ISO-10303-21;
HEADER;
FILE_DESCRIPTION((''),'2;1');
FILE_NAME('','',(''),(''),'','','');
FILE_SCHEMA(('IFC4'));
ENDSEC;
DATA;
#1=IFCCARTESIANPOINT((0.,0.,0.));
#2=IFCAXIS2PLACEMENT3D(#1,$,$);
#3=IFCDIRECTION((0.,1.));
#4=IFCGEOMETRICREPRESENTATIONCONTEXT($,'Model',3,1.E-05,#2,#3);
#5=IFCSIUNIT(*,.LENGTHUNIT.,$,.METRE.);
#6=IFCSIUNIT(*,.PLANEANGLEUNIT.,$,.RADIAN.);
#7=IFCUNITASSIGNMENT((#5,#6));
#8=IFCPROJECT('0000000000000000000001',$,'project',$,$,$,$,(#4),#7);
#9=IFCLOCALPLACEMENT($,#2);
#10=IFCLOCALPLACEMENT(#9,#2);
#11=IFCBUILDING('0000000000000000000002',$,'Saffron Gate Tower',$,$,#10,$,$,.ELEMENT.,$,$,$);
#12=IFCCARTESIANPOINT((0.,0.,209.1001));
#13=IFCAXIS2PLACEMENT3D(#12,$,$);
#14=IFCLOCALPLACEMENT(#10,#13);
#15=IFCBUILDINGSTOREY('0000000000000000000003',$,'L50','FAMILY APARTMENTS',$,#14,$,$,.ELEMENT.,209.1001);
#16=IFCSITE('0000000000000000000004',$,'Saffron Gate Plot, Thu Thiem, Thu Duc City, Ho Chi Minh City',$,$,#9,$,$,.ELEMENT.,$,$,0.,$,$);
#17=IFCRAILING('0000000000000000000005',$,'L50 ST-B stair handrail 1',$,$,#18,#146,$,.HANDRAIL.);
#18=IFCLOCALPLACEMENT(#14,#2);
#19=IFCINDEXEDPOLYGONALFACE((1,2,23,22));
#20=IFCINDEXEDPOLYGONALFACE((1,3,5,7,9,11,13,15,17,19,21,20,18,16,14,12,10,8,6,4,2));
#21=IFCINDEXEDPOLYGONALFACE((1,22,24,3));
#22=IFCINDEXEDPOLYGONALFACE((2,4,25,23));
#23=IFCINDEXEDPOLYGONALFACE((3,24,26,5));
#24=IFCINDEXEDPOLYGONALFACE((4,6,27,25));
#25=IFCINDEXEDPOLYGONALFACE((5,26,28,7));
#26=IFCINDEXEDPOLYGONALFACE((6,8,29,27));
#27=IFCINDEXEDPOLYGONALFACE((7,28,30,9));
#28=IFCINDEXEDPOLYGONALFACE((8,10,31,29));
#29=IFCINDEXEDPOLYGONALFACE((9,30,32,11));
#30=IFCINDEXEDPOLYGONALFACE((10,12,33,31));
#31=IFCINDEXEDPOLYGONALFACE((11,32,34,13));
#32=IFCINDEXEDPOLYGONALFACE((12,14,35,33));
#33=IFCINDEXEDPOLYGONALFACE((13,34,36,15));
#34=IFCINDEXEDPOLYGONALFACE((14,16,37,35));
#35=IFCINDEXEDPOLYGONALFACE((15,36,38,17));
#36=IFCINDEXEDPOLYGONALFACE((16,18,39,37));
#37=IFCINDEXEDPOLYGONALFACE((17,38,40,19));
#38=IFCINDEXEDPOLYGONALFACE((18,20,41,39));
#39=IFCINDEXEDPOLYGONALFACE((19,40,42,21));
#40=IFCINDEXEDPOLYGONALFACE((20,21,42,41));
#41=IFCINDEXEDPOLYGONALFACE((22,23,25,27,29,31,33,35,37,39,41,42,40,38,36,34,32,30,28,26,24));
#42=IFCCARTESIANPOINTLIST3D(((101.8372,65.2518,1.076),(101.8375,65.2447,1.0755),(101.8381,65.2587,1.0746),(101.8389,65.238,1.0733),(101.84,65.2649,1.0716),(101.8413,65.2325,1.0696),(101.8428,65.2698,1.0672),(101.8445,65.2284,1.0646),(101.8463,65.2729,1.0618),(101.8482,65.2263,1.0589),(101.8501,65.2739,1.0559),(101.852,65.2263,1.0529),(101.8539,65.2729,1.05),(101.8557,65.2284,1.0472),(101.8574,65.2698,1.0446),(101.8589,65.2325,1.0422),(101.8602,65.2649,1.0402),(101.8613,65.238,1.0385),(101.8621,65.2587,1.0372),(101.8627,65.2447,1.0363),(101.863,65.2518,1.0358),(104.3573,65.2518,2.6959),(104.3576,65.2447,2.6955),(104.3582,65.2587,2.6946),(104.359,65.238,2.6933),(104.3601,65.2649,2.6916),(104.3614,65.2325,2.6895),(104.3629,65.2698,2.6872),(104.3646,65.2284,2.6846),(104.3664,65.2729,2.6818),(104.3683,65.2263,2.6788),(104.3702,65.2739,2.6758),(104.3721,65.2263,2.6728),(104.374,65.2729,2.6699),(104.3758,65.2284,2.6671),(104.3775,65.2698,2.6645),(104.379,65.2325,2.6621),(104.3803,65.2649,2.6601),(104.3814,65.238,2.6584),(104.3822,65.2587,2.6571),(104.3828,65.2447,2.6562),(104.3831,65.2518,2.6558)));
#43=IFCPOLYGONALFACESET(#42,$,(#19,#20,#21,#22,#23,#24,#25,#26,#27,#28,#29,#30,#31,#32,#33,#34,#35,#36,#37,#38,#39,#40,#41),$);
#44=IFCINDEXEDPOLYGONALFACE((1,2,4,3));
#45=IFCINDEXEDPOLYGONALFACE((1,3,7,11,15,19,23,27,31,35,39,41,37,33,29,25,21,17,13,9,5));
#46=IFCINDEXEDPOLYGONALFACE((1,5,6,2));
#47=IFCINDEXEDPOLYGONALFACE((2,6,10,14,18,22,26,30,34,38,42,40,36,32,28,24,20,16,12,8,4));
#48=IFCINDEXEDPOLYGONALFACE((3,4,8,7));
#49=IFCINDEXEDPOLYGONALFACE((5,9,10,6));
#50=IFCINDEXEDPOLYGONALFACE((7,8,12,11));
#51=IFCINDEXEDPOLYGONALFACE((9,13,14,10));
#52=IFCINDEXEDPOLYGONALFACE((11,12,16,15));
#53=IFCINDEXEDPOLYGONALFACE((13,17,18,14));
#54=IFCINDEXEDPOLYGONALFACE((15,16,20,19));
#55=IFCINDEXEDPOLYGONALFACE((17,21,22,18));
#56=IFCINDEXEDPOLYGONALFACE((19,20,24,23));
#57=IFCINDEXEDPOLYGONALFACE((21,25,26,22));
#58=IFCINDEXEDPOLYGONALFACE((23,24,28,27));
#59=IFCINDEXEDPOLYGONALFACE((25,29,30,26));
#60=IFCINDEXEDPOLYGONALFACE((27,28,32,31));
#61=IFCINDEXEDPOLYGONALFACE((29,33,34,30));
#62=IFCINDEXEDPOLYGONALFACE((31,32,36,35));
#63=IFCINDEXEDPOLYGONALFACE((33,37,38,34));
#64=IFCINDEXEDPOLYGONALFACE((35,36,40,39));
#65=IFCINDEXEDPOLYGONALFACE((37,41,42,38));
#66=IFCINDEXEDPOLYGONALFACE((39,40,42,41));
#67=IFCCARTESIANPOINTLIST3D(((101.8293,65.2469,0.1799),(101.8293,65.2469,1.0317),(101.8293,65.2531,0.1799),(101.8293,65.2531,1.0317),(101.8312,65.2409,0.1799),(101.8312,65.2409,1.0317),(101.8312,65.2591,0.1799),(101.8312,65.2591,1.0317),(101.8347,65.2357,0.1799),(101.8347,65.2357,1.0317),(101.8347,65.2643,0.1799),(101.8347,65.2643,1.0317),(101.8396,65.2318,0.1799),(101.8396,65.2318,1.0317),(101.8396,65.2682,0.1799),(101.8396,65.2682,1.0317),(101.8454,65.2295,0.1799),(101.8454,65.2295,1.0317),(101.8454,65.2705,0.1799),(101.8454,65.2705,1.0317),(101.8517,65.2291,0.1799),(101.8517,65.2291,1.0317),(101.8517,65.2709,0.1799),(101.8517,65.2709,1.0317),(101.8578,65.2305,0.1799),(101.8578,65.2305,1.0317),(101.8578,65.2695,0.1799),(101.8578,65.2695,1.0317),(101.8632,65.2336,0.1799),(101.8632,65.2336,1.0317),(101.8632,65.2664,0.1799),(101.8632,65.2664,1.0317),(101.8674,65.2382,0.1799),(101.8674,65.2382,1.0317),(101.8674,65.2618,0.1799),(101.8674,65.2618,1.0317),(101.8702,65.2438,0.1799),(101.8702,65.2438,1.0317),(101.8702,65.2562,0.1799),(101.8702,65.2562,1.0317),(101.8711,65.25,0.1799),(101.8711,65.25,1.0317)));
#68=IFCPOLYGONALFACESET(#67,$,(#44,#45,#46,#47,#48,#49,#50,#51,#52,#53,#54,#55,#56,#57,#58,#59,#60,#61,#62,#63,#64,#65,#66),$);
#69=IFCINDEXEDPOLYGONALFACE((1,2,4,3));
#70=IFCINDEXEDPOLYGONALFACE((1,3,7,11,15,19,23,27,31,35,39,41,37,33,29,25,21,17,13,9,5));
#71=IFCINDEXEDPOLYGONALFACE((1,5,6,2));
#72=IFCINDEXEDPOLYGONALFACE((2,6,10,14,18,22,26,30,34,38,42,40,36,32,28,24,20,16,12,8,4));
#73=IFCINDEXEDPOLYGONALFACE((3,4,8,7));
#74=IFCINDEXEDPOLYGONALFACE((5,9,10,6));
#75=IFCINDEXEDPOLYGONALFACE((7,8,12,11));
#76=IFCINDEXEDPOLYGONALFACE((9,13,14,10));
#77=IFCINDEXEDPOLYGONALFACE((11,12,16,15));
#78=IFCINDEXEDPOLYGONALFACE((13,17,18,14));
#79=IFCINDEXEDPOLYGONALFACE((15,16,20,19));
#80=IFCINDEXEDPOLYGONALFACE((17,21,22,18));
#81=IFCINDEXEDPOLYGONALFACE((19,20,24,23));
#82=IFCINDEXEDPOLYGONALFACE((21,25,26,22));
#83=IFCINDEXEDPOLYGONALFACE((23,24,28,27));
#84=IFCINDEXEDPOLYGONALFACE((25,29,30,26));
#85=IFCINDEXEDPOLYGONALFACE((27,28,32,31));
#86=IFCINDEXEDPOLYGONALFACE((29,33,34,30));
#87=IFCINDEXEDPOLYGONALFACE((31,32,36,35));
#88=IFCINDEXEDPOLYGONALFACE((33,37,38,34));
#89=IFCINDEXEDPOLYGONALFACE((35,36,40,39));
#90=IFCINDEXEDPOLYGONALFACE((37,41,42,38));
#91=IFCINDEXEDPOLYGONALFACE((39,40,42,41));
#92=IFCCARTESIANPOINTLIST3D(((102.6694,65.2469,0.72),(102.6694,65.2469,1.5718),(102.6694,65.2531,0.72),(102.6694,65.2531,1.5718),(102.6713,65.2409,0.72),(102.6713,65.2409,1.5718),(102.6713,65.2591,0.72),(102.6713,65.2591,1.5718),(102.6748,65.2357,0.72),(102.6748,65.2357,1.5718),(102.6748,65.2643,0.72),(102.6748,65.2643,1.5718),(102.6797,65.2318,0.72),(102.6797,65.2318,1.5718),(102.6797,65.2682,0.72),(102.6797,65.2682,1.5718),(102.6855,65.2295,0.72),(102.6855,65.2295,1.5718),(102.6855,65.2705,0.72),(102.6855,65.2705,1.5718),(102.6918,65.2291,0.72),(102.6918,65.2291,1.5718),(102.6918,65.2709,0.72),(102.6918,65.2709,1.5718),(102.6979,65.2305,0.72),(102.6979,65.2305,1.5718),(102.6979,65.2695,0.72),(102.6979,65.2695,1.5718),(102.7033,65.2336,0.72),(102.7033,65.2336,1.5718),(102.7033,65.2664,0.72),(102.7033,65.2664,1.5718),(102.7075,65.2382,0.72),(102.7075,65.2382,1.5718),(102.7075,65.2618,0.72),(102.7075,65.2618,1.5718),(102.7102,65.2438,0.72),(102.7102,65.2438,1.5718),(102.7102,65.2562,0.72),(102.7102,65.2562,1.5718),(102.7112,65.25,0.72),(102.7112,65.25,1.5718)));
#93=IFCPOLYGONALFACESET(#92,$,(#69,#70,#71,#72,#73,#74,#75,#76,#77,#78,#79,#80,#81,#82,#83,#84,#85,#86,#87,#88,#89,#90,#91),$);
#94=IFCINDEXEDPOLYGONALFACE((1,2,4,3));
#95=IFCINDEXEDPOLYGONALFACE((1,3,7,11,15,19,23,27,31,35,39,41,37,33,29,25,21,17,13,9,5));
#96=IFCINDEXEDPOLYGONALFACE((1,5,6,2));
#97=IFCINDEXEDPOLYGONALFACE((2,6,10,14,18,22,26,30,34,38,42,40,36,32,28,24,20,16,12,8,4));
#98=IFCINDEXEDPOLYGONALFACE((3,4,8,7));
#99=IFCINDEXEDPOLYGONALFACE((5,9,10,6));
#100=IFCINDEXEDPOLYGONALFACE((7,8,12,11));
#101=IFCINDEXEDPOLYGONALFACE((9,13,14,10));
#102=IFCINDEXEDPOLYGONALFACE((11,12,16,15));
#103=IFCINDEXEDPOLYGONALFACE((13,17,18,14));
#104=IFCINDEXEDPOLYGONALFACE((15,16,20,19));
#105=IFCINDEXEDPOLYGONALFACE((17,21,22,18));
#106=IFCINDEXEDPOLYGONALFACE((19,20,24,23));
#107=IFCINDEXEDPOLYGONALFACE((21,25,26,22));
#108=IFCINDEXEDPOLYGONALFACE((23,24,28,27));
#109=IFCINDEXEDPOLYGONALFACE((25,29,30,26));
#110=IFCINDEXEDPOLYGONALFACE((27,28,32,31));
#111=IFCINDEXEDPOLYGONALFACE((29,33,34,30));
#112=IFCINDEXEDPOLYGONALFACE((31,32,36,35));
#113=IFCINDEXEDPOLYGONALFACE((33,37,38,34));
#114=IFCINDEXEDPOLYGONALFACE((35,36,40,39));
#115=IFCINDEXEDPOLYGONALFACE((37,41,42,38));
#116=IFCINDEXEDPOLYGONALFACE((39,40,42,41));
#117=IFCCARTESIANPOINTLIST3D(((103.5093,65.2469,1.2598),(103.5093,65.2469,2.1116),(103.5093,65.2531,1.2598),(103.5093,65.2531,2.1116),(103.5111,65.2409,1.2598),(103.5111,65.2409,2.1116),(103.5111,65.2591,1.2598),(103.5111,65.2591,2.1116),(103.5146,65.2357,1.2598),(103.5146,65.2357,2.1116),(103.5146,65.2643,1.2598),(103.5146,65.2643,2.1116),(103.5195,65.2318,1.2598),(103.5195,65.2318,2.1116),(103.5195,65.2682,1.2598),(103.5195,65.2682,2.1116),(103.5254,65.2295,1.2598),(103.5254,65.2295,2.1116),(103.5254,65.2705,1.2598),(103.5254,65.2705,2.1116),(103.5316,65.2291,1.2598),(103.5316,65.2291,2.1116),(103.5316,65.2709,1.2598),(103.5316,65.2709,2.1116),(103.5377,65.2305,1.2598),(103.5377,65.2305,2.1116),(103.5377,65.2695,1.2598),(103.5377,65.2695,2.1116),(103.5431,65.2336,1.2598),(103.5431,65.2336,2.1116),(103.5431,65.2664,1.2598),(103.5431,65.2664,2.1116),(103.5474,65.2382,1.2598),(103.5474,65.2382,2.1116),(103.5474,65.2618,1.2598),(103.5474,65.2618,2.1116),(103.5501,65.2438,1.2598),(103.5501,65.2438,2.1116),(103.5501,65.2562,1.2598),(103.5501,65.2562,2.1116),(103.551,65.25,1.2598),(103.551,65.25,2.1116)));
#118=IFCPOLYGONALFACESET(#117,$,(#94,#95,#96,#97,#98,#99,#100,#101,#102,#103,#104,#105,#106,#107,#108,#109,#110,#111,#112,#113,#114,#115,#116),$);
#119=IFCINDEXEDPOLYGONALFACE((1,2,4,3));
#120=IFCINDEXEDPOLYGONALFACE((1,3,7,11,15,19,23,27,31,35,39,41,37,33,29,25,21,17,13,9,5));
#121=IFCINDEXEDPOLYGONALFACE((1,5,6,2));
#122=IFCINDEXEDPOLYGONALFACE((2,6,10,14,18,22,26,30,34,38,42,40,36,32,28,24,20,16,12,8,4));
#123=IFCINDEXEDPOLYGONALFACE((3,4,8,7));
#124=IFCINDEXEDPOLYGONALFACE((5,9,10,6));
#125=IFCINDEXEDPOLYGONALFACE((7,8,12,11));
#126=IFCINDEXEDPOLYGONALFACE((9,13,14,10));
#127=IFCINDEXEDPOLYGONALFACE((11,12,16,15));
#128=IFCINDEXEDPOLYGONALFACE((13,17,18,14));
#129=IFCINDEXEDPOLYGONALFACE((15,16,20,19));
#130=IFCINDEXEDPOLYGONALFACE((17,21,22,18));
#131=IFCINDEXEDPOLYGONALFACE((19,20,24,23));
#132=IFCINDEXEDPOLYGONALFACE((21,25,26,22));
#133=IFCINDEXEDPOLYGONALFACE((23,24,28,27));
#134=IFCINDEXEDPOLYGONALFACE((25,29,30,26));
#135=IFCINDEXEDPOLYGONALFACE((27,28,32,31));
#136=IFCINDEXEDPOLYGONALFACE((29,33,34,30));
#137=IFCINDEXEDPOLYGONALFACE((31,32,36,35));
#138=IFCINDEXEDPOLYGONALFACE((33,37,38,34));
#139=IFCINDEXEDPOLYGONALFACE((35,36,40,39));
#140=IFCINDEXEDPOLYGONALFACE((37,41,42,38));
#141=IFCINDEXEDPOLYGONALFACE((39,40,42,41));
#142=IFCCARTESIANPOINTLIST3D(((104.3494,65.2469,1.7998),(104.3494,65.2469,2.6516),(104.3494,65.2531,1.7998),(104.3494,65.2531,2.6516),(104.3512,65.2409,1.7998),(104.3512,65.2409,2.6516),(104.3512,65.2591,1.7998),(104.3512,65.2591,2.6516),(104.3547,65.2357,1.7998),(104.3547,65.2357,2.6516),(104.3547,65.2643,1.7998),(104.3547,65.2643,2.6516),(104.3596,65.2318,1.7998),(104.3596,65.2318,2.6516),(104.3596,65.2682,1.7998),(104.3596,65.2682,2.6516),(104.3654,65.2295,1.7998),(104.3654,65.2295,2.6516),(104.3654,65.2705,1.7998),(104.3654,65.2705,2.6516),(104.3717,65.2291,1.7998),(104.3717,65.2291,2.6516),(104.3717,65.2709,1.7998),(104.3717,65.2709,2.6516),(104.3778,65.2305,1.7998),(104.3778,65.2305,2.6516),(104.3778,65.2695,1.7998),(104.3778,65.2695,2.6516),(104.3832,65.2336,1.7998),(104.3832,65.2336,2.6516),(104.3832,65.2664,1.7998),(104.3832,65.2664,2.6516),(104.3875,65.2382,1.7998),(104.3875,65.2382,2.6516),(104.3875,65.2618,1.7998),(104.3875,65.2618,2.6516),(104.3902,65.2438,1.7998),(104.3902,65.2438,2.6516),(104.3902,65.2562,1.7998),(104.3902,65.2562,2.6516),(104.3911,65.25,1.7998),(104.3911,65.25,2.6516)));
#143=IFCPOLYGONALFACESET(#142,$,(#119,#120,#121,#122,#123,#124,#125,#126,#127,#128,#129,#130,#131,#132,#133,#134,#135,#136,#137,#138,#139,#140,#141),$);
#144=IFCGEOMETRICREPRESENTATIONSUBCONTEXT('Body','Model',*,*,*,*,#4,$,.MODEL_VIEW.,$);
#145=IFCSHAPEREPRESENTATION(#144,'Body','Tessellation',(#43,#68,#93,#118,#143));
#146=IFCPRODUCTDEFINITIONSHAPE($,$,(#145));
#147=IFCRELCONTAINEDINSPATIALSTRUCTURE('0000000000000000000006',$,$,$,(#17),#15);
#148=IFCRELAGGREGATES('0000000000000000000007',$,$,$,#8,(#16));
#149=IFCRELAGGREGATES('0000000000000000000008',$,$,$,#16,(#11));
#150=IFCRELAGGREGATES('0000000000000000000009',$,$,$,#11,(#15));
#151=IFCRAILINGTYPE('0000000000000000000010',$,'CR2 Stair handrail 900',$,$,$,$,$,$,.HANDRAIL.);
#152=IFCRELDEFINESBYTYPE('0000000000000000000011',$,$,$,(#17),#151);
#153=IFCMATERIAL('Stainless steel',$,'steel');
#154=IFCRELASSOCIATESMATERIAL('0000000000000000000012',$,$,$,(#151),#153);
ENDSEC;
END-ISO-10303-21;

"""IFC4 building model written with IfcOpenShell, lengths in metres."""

from ifc_helpers import new_model, si_unit, direction, frame, origin, origin_2d, place, context, subcontext, project, spatial, circle, extrude, material, type_object, element, save


model = new_model("IFC4")

# Units and contexts
model_context = context("Model", 3, precision=1e-05, world=origin(), true_north=direction((0.0, 1.0)))
body_context = subcontext(model_context, "Body", "Model", "MODEL_VIEW")
ifc_project = project(units=[si_unit("LENGTHUNIT", "METRE"), si_unit("PLANEANGLEUNIT", "RADIAN")], contexts=[model_context])

# Site, building, storey
site_placement = place(None, origin())
site = spatial("IfcSite", under=ifc_project, at=site_placement, Name="Saffron Gate Plot, Thu Thiem, Thu Duc City, Ho Chi Minh City", CompositionType="ELEMENT", RefElevation=0.0)
building_placement = place(site_placement, origin())
building = spatial("IfcBuilding", under=site, at=building_placement, Name="Saffron Gate Tower", CompositionType="ELEMENT")
storey_placement = place(building_placement, frame((0.0, 0.0, 209.1001)))
storey = spatial("IfcBuildingStorey", under=building, at=storey_placement, Name="L50", Description="FAMILY APARTMENTS", CompositionType="ELEMENT", Elevation=209.1001)

# Railing
ifc_material_1 = material(Name="Stainless steel", Category="steel")
railing_type_1 = type_object("IfcRailingType", Name="CR2 Stair handrail 900", PredefinedType="HANDRAIL", material=ifc_material_1)
railing_1_placement = place(storey_placement, frame((101.8501, 65.25, 0.1799)))
element("IfcRailing", 1, at=railing_1_placement, inside=storey, type_object=railing_type_1, Name="L50 ST-B stair handrail 1", PredefinedType="HANDRAIL", context=body_context, shape_type="SweptSolid", body=[
    extrude(circle(Radius=0.0239, at=origin_2d()), frame((0.0, 0.0, 0.876), z_axis=(0.8412, 0.0, 0.540725), x_axis=(0.0, 1.0, 0.0)), (0.0, 0.0, 1.0), 2.9958),
    extrude(circle(Radius=0.021, at=origin_2d()), origin(), (0.0, 0.0, 1.0), 0.8518),
    extrude(circle(Radius=0.021, at=origin_2d()), frame((0.8401, 0.0, 0.54)), (0.0, 0.0, 1.0), 0.8518),
    extrude(circle(Radius=0.021, at=origin_2d()), frame((1.6799, 0.0, 1.0798)), (0.0, 0.0, 1.0), 0.8518),
    extrude(circle(Radius=0.021, at=origin_2d()), frame((2.52, 0.0, 1.6199)), (0.0, 0.0, 1.0), 0.8518),
])

save(model, "model.ifc")
